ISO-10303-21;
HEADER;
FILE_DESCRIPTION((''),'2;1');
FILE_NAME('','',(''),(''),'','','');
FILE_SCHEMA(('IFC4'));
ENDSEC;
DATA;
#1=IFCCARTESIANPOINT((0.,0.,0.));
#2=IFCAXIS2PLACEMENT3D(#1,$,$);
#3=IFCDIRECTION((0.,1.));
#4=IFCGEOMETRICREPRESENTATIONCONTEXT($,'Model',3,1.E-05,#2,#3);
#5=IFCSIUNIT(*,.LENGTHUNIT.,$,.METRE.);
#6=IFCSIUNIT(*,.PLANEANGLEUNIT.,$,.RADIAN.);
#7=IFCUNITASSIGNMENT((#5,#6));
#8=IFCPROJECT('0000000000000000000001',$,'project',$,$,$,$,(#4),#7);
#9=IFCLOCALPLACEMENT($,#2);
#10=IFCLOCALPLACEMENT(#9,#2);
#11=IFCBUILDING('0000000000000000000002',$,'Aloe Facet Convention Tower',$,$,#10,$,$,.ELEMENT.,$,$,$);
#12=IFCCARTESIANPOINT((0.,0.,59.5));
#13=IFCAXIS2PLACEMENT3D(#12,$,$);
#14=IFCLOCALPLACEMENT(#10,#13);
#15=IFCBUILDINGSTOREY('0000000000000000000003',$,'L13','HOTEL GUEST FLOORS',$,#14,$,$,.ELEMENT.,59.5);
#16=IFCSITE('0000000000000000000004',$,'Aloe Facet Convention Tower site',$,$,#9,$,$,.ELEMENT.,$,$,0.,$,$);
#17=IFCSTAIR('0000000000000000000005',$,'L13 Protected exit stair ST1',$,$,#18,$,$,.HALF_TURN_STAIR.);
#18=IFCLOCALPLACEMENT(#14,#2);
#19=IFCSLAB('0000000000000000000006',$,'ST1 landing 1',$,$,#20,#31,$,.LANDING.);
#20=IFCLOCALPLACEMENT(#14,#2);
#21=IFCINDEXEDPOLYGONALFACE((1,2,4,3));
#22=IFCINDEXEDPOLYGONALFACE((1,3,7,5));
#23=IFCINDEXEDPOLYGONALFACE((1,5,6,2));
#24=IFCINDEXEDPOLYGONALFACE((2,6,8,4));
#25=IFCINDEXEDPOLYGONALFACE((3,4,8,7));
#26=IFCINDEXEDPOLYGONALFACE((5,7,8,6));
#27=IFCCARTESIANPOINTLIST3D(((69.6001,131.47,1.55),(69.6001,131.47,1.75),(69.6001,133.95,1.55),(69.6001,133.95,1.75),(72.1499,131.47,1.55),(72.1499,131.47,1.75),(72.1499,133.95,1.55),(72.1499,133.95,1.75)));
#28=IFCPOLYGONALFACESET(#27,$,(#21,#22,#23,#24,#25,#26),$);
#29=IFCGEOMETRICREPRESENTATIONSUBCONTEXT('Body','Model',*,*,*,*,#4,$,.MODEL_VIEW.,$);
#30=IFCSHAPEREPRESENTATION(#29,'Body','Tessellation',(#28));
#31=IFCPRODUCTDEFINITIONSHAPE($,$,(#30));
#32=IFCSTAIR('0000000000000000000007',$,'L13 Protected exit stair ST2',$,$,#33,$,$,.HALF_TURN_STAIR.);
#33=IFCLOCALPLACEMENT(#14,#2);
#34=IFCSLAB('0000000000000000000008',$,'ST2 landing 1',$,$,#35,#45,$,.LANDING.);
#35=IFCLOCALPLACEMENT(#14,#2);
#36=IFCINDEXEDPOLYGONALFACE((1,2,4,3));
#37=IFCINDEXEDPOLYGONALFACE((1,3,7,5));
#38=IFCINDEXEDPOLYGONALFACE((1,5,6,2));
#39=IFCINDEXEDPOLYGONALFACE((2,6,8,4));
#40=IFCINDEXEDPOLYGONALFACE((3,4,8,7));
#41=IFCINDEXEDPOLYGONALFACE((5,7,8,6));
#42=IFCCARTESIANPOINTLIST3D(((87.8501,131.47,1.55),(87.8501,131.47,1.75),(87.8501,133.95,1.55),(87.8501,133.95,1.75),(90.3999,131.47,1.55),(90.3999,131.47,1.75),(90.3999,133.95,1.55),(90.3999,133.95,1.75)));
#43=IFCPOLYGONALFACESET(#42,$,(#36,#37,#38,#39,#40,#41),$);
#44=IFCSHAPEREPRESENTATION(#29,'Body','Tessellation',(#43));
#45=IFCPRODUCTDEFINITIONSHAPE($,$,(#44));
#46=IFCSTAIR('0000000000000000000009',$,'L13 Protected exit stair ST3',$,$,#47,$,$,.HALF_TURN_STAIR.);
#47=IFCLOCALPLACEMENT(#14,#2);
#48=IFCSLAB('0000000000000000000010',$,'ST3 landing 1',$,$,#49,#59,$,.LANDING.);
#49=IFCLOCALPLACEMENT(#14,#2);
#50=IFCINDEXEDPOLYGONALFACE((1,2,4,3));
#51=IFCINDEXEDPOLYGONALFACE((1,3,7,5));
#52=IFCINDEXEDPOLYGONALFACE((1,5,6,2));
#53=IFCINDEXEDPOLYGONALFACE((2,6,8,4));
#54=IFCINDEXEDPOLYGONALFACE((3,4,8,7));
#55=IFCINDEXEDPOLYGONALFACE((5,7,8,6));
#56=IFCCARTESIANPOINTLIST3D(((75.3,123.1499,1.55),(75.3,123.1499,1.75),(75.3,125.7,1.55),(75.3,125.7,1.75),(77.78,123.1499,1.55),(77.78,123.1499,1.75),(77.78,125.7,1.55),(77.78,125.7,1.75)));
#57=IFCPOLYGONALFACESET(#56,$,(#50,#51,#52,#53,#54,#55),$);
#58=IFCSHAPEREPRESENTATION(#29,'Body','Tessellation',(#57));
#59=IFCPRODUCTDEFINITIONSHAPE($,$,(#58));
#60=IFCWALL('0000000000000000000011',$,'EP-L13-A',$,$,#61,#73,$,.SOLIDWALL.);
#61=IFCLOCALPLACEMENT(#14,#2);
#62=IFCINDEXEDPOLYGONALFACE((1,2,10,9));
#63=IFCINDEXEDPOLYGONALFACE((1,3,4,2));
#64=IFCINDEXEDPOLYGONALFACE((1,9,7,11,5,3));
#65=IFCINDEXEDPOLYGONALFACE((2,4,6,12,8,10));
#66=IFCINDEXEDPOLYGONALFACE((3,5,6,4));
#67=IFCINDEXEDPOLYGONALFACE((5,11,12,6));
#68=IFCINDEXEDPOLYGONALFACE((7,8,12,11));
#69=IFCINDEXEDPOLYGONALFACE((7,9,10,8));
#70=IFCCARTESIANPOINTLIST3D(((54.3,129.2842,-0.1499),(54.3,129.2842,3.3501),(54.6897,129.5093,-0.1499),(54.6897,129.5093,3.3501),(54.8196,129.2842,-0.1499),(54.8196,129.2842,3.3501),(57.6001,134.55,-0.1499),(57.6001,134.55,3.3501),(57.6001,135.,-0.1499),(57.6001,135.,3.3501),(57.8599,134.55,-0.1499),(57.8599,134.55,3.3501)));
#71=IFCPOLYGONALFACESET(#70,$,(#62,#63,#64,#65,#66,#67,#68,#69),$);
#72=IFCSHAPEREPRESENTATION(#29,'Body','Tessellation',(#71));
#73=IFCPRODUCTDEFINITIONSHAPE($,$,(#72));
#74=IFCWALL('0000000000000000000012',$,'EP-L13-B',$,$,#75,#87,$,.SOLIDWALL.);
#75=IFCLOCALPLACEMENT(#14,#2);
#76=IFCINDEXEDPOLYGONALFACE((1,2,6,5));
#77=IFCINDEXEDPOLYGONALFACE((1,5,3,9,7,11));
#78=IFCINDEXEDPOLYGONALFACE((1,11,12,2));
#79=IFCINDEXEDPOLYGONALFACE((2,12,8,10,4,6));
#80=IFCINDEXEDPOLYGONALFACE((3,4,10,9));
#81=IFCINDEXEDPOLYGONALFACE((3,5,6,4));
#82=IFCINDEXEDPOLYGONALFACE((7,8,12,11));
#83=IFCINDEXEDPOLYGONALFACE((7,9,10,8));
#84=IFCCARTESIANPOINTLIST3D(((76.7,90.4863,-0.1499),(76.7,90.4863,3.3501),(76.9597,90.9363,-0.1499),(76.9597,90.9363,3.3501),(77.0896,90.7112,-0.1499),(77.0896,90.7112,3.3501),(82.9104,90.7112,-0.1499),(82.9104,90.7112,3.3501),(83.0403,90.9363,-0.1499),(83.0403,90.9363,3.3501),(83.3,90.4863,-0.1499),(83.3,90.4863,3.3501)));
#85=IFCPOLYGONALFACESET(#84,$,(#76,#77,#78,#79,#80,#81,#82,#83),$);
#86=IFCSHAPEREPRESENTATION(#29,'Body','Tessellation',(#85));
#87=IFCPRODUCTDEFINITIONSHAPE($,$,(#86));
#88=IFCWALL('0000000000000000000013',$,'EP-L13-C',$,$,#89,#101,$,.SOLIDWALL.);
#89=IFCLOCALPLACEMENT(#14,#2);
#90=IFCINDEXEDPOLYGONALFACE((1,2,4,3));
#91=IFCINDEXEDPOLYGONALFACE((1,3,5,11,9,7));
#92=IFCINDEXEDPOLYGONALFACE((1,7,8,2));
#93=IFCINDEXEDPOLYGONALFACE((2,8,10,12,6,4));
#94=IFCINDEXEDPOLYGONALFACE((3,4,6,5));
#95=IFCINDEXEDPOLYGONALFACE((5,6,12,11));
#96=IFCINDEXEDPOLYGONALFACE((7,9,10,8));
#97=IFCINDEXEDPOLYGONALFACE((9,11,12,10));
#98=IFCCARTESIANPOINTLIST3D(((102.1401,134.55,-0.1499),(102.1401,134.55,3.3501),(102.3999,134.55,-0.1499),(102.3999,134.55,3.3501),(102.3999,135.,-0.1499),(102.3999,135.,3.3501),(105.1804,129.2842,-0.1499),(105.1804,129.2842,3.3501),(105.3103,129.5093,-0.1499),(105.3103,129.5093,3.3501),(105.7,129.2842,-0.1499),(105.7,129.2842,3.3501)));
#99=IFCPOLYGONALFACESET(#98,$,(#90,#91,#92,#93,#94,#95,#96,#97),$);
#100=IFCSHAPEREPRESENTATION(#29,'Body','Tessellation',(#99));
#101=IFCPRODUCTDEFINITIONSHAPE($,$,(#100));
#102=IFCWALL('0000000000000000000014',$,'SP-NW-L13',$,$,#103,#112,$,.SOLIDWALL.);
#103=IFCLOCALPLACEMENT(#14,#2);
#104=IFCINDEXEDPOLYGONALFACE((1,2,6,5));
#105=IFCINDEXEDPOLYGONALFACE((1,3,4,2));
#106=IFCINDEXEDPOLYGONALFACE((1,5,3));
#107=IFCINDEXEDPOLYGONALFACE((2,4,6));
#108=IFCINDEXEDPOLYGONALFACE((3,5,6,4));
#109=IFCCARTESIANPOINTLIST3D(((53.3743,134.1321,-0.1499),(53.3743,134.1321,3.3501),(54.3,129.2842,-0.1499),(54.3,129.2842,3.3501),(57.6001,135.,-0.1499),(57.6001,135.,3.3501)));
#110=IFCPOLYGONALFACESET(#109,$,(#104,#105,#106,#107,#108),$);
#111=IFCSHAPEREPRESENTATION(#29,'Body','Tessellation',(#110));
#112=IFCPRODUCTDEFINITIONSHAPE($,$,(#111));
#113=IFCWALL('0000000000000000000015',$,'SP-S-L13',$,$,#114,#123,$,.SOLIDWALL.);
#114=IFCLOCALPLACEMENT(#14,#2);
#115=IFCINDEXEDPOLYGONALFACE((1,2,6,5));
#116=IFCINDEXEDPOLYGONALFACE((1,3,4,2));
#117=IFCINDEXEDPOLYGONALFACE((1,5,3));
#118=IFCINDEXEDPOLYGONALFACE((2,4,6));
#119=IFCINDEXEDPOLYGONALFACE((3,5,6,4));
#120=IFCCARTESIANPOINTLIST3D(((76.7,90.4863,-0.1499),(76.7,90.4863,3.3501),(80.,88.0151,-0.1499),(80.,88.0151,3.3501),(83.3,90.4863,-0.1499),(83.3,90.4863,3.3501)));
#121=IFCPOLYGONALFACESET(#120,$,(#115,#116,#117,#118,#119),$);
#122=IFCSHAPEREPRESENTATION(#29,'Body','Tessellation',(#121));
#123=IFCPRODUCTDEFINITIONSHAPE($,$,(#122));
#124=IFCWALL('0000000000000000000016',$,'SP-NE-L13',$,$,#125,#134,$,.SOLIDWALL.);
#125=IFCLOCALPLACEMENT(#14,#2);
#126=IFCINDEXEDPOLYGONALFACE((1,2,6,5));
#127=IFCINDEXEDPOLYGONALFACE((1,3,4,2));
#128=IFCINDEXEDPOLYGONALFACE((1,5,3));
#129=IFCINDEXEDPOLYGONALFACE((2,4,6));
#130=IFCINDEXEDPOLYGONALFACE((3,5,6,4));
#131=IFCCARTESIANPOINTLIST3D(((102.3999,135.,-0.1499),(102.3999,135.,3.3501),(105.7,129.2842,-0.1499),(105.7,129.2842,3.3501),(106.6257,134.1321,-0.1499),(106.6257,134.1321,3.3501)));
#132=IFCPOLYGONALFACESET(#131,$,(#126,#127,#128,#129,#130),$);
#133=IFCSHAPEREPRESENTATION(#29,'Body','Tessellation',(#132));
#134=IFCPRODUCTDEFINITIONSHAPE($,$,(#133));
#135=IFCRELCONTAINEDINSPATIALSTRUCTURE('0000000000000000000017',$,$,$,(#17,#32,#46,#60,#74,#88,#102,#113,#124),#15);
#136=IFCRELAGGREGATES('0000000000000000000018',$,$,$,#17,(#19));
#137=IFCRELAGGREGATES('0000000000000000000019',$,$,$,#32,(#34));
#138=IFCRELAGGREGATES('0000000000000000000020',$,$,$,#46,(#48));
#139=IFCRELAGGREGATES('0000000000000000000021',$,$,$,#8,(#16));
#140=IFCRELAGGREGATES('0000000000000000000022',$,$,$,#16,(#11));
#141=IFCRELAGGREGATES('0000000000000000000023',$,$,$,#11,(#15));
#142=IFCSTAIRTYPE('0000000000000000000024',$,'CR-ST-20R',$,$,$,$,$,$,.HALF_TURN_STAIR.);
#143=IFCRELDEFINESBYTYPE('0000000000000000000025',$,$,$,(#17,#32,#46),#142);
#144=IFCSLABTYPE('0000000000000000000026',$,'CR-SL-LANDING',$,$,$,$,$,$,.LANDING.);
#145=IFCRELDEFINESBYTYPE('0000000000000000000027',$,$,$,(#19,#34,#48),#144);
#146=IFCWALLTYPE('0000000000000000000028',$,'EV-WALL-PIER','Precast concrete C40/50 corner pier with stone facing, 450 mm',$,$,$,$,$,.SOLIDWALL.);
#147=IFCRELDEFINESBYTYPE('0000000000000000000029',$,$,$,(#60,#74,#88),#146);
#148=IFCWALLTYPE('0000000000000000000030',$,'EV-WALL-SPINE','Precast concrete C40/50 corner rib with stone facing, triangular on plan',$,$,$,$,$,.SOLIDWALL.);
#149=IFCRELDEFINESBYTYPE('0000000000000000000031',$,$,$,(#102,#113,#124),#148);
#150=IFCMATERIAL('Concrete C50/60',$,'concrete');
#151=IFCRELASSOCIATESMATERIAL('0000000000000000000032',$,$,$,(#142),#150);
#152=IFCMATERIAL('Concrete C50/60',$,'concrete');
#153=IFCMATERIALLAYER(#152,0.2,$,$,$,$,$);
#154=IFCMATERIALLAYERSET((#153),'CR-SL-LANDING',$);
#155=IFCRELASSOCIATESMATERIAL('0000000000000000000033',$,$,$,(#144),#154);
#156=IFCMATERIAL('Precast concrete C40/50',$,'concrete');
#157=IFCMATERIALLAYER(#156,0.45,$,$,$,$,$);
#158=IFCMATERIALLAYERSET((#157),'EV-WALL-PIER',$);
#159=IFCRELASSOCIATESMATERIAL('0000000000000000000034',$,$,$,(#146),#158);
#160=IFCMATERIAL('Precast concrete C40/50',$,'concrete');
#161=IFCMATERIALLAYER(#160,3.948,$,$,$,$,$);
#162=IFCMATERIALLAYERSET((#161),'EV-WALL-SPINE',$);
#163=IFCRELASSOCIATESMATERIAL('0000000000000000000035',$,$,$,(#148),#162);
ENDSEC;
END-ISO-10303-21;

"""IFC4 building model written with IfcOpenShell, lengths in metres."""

from ifc_helpers import new_model, si_unit, direction, frame, origin, place, context, subcontext, project, spatial, polyline, outline, extrude, material, layer, layer_set, type_object, element, aggregate, save


model = new_model("IFC4")

# Units and contexts
model_context = context("Model", 3, precision=1e-05, world=origin(), true_north=direction((0.0, 1.0)))
body_context = subcontext(model_context, "Body", "Model", "MODEL_VIEW")
ifc_project = project(units=[si_unit("LENGTHUNIT", "METRE"), si_unit("PLANEANGLEUNIT", "RADIAN")], contexts=[model_context])

# Site, building, storey
site_placement = place(None, origin())
site = spatial("IfcSite", under=ifc_project, at=site_placement, Name="Aloe Facet Convention Tower site", CompositionType="ELEMENT", RefElevation=0.0)
building_placement = place(site_placement, origin())
building = spatial("IfcBuilding", under=site, at=building_placement, Name="Aloe Facet Convention Tower", CompositionType="ELEMENT")
storey_placement = place(building_placement, frame((0.0, 0.0, 59.5)))
storey = spatial("IfcBuildingStorey", under=building, at=storey_placement, Name="L13", Description="HOTEL GUEST FLOORS", CompositionType="ELEMENT", Elevation=59.5)

# Stairs, slabs
ifc_material_1 = material(Name="Concrete C50/60", Category="concrete")
stair_type = type_object("IfcStairType", Name="CR-ST-20R", PredefinedType="HALF_TURN_STAIR", material=ifc_material_1)
stair_1_placement = place(storey_placement, origin())
stair_1 = element("IfcStair", 1, at=stair_1_placement, inside=storey, type_object=stair_type, Name="L13 Protected exit stair ST1", PredefinedType="HALF_TURN_STAIR")
ifc_material_2 = material(Name="Concrete C50/60", Category="concrete")
ifc_layer_1 = layer(ifc_material_2, 0.2)
ifc_layer_set_1 = layer_set([ifc_layer_1], Name="CR-SL-LANDING")
slab_type_1 = type_object("IfcSlabType", Name="CR-SL-LANDING", PredefinedType="LANDING", material=ifc_layer_set_1)
slab_1_placement = place(storey_placement, frame((0.0, 0.0, 1.55)))
slab_1 = element("IfcSlab", 2, at=slab_1_placement, type_object=slab_type_1, Name="ST1 landing 1", PredefinedType="LANDING", context=body_context, shape_type="SweptSolid", body=[
    extrude(outline(polyline([(72.1499, 131.47), (72.1499, 133.95), (69.6001, 133.95), (69.6001, 131.47), (72.1499, 131.47)])), origin(), (0.0, 0.0, 1.0), 0.2),
])
aggregate(stair_1, [slab_1])
stair_2_placement = place(storey_placement, origin())
stair_2 = element("IfcStair", 3, at=stair_2_placement, inside=storey, type_object=stair_type, Name="L13 Protected exit stair ST2", PredefinedType="HALF_TURN_STAIR")
slab_2_placement = place(storey_placement, frame((0.0, 0.0, 1.55)))
slab_2 = element("IfcSlab", 4, at=slab_2_placement, type_object=slab_type_1, Name="ST2 landing 1", PredefinedType="LANDING", context=body_context, shape_type="SweptSolid", body=[
    extrude(outline(polyline([(90.3999, 131.47), (90.3999, 133.95), (87.8501, 133.95), (87.8501, 131.47), (90.3999, 131.47)])), origin(), (0.0, 0.0, 1.0), 0.2),
])
aggregate(stair_2, [slab_2])
stair_3_placement = place(storey_placement, origin())
stair_3 = element("IfcStair", 5, at=stair_3_placement, inside=storey, type_object=stair_type, Name="L13 Protected exit stair ST3", PredefinedType="HALF_TURN_STAIR")
slab_3_placement = place(storey_placement, frame((0.0, 0.0, 1.55)))
slab_3 = element("IfcSlab", 6, at=slab_3_placement, type_object=slab_type_1, Name="ST3 landing 1", PredefinedType="LANDING", context=body_context, shape_type="SweptSolid", body=[
    extrude(outline(polyline([(77.78, 125.7), (75.3, 125.7), (75.3, 123.1499), (77.78, 123.1499), (77.78, 125.7)])), origin(), (0.0, 0.0, 1.0), 0.2),
])
aggregate(stair_3, [slab_3])

# Walls
ifc_material_3 = material(Name="Precast concrete C40/50", Category="concrete")
ifc_layer_2 = layer(ifc_material_3, 0.45)
ifc_layer_set_2 = layer_set([ifc_layer_2], Name="EV-WALL-PIER")
wall_type_1 = type_object("IfcWallType", Name="EV-WALL-PIER", Description="Precast concrete C40/50 corner pier with stone facing, 450 mm", PredefinedType="SOLIDWALL", material=ifc_layer_set_2)
wall_1_placement = place(storey_placement, frame((0.0, 0.0, -0.1499)))
element("IfcWall", 7, at=wall_1_placement, inside=storey, type_object=wall_type_1, Name="EP-L13-A", PredefinedType="SOLIDWALL", context=body_context, shape_type="SweptSolid", body=[
    extrude(outline(polyline([(57.6001, 135.0), (57.6001, 134.55), (57.8599, 134.55), (54.8196, 129.2842), (54.6897, 129.5093), (54.3, 129.2842), (57.6001, 135.0)])), origin(), (0.0, 0.0, 1.0), 3.5),
])
wall_2_placement = place(storey_placement, frame((0.0, 0.0, -0.1499)))
element("IfcWall", 8, at=wall_2_placement, inside=storey, type_object=wall_type_1, Name="EP-L13-B", PredefinedType="SOLIDWALL", context=body_context, shape_type="SweptSolid", body=[
    extrude(outline(polyline([(76.7, 90.4863), (77.0896, 90.7112), (76.9597, 90.9363), (83.0403, 90.9363), (82.9104, 90.7112), (83.3, 90.4863), (76.7, 90.4863)])), origin(), (0.0, 0.0, 1.0), 3.5),
])
wall_3_placement = place(storey_placement, frame((0.0, 0.0, -0.1499)))
element("IfcWall", 9, at=wall_3_placement, inside=storey, type_object=wall_type_1, Name="EP-L13-C", PredefinedType="SOLIDWALL", context=body_context, shape_type="SweptSolid", body=[
    extrude(outline(polyline([(105.7, 129.2842), (105.3103, 129.5093), (105.1804, 129.2842), (102.1401, 134.55), (102.3999, 134.55), (102.3999, 135.0), (105.7, 129.2842)])), origin(), (0.0, 0.0, 1.0), 3.5),
])
ifc_material_4 = material(Name="Precast concrete C40/50", Category="concrete")
ifc_layer_3 = layer(ifc_material_4, 3.948)
ifc_layer_set_3 = layer_set([ifc_layer_3], Name="EV-WALL-SPINE")
wall_type_2 = type_object("IfcWallType", Name="EV-WALL-SPINE", Description="Precast concrete C40/50 corner rib with stone facing, triangular on plan", PredefinedType="SOLIDWALL", material=ifc_layer_set_3)
wall_4_placement = place(storey_placement, frame((0.0, 0.0, -0.1499)))
element("IfcWall", 10, at=wall_4_placement, inside=storey, type_object=wall_type_2, Name="SP-NW-L13", PredefinedType="SOLIDWALL", context=body_context, shape_type="SweptSolid", body=[
    extrude(outline(polyline([(57.6001, 135.0), (53.3743, 134.1321), (54.3, 129.2842), (57.6001, 135.0)])), origin(), (0.0, 0.0, 1.0), 3.5),
])
wall_5_placement = place(storey_placement, frame((0.0, 0.0, -0.1499)))
element("IfcWall", 11, at=wall_5_placement, inside=storey, type_object=wall_type_2, Name="SP-S-L13", PredefinedType="SOLIDWALL", context=body_context, shape_type="SweptSolid", body=[
    extrude(outline(polyline([(76.7, 90.4863), (80.0, 88.0151), (83.3, 90.4863), (76.7, 90.4863)])), origin(), (0.0, 0.0, 1.0), 3.5),
])
wall_6_placement = place(storey_placement, frame((0.0, 0.0, -0.1499)))
element("IfcWall", 12, at=wall_6_placement, inside=storey, type_object=wall_type_2, Name="SP-NE-L13", PredefinedType="SOLIDWALL", context=body_context, shape_type="SweptSolid", body=[
    extrude(outline(polyline([(105.7, 129.2842), (106.6257, 134.1321), (102.3999, 135.0), (105.7, 129.2842)])), origin(), (0.0, 0.0, 1.0), 3.5),
])

save(model, "model.ifc")
